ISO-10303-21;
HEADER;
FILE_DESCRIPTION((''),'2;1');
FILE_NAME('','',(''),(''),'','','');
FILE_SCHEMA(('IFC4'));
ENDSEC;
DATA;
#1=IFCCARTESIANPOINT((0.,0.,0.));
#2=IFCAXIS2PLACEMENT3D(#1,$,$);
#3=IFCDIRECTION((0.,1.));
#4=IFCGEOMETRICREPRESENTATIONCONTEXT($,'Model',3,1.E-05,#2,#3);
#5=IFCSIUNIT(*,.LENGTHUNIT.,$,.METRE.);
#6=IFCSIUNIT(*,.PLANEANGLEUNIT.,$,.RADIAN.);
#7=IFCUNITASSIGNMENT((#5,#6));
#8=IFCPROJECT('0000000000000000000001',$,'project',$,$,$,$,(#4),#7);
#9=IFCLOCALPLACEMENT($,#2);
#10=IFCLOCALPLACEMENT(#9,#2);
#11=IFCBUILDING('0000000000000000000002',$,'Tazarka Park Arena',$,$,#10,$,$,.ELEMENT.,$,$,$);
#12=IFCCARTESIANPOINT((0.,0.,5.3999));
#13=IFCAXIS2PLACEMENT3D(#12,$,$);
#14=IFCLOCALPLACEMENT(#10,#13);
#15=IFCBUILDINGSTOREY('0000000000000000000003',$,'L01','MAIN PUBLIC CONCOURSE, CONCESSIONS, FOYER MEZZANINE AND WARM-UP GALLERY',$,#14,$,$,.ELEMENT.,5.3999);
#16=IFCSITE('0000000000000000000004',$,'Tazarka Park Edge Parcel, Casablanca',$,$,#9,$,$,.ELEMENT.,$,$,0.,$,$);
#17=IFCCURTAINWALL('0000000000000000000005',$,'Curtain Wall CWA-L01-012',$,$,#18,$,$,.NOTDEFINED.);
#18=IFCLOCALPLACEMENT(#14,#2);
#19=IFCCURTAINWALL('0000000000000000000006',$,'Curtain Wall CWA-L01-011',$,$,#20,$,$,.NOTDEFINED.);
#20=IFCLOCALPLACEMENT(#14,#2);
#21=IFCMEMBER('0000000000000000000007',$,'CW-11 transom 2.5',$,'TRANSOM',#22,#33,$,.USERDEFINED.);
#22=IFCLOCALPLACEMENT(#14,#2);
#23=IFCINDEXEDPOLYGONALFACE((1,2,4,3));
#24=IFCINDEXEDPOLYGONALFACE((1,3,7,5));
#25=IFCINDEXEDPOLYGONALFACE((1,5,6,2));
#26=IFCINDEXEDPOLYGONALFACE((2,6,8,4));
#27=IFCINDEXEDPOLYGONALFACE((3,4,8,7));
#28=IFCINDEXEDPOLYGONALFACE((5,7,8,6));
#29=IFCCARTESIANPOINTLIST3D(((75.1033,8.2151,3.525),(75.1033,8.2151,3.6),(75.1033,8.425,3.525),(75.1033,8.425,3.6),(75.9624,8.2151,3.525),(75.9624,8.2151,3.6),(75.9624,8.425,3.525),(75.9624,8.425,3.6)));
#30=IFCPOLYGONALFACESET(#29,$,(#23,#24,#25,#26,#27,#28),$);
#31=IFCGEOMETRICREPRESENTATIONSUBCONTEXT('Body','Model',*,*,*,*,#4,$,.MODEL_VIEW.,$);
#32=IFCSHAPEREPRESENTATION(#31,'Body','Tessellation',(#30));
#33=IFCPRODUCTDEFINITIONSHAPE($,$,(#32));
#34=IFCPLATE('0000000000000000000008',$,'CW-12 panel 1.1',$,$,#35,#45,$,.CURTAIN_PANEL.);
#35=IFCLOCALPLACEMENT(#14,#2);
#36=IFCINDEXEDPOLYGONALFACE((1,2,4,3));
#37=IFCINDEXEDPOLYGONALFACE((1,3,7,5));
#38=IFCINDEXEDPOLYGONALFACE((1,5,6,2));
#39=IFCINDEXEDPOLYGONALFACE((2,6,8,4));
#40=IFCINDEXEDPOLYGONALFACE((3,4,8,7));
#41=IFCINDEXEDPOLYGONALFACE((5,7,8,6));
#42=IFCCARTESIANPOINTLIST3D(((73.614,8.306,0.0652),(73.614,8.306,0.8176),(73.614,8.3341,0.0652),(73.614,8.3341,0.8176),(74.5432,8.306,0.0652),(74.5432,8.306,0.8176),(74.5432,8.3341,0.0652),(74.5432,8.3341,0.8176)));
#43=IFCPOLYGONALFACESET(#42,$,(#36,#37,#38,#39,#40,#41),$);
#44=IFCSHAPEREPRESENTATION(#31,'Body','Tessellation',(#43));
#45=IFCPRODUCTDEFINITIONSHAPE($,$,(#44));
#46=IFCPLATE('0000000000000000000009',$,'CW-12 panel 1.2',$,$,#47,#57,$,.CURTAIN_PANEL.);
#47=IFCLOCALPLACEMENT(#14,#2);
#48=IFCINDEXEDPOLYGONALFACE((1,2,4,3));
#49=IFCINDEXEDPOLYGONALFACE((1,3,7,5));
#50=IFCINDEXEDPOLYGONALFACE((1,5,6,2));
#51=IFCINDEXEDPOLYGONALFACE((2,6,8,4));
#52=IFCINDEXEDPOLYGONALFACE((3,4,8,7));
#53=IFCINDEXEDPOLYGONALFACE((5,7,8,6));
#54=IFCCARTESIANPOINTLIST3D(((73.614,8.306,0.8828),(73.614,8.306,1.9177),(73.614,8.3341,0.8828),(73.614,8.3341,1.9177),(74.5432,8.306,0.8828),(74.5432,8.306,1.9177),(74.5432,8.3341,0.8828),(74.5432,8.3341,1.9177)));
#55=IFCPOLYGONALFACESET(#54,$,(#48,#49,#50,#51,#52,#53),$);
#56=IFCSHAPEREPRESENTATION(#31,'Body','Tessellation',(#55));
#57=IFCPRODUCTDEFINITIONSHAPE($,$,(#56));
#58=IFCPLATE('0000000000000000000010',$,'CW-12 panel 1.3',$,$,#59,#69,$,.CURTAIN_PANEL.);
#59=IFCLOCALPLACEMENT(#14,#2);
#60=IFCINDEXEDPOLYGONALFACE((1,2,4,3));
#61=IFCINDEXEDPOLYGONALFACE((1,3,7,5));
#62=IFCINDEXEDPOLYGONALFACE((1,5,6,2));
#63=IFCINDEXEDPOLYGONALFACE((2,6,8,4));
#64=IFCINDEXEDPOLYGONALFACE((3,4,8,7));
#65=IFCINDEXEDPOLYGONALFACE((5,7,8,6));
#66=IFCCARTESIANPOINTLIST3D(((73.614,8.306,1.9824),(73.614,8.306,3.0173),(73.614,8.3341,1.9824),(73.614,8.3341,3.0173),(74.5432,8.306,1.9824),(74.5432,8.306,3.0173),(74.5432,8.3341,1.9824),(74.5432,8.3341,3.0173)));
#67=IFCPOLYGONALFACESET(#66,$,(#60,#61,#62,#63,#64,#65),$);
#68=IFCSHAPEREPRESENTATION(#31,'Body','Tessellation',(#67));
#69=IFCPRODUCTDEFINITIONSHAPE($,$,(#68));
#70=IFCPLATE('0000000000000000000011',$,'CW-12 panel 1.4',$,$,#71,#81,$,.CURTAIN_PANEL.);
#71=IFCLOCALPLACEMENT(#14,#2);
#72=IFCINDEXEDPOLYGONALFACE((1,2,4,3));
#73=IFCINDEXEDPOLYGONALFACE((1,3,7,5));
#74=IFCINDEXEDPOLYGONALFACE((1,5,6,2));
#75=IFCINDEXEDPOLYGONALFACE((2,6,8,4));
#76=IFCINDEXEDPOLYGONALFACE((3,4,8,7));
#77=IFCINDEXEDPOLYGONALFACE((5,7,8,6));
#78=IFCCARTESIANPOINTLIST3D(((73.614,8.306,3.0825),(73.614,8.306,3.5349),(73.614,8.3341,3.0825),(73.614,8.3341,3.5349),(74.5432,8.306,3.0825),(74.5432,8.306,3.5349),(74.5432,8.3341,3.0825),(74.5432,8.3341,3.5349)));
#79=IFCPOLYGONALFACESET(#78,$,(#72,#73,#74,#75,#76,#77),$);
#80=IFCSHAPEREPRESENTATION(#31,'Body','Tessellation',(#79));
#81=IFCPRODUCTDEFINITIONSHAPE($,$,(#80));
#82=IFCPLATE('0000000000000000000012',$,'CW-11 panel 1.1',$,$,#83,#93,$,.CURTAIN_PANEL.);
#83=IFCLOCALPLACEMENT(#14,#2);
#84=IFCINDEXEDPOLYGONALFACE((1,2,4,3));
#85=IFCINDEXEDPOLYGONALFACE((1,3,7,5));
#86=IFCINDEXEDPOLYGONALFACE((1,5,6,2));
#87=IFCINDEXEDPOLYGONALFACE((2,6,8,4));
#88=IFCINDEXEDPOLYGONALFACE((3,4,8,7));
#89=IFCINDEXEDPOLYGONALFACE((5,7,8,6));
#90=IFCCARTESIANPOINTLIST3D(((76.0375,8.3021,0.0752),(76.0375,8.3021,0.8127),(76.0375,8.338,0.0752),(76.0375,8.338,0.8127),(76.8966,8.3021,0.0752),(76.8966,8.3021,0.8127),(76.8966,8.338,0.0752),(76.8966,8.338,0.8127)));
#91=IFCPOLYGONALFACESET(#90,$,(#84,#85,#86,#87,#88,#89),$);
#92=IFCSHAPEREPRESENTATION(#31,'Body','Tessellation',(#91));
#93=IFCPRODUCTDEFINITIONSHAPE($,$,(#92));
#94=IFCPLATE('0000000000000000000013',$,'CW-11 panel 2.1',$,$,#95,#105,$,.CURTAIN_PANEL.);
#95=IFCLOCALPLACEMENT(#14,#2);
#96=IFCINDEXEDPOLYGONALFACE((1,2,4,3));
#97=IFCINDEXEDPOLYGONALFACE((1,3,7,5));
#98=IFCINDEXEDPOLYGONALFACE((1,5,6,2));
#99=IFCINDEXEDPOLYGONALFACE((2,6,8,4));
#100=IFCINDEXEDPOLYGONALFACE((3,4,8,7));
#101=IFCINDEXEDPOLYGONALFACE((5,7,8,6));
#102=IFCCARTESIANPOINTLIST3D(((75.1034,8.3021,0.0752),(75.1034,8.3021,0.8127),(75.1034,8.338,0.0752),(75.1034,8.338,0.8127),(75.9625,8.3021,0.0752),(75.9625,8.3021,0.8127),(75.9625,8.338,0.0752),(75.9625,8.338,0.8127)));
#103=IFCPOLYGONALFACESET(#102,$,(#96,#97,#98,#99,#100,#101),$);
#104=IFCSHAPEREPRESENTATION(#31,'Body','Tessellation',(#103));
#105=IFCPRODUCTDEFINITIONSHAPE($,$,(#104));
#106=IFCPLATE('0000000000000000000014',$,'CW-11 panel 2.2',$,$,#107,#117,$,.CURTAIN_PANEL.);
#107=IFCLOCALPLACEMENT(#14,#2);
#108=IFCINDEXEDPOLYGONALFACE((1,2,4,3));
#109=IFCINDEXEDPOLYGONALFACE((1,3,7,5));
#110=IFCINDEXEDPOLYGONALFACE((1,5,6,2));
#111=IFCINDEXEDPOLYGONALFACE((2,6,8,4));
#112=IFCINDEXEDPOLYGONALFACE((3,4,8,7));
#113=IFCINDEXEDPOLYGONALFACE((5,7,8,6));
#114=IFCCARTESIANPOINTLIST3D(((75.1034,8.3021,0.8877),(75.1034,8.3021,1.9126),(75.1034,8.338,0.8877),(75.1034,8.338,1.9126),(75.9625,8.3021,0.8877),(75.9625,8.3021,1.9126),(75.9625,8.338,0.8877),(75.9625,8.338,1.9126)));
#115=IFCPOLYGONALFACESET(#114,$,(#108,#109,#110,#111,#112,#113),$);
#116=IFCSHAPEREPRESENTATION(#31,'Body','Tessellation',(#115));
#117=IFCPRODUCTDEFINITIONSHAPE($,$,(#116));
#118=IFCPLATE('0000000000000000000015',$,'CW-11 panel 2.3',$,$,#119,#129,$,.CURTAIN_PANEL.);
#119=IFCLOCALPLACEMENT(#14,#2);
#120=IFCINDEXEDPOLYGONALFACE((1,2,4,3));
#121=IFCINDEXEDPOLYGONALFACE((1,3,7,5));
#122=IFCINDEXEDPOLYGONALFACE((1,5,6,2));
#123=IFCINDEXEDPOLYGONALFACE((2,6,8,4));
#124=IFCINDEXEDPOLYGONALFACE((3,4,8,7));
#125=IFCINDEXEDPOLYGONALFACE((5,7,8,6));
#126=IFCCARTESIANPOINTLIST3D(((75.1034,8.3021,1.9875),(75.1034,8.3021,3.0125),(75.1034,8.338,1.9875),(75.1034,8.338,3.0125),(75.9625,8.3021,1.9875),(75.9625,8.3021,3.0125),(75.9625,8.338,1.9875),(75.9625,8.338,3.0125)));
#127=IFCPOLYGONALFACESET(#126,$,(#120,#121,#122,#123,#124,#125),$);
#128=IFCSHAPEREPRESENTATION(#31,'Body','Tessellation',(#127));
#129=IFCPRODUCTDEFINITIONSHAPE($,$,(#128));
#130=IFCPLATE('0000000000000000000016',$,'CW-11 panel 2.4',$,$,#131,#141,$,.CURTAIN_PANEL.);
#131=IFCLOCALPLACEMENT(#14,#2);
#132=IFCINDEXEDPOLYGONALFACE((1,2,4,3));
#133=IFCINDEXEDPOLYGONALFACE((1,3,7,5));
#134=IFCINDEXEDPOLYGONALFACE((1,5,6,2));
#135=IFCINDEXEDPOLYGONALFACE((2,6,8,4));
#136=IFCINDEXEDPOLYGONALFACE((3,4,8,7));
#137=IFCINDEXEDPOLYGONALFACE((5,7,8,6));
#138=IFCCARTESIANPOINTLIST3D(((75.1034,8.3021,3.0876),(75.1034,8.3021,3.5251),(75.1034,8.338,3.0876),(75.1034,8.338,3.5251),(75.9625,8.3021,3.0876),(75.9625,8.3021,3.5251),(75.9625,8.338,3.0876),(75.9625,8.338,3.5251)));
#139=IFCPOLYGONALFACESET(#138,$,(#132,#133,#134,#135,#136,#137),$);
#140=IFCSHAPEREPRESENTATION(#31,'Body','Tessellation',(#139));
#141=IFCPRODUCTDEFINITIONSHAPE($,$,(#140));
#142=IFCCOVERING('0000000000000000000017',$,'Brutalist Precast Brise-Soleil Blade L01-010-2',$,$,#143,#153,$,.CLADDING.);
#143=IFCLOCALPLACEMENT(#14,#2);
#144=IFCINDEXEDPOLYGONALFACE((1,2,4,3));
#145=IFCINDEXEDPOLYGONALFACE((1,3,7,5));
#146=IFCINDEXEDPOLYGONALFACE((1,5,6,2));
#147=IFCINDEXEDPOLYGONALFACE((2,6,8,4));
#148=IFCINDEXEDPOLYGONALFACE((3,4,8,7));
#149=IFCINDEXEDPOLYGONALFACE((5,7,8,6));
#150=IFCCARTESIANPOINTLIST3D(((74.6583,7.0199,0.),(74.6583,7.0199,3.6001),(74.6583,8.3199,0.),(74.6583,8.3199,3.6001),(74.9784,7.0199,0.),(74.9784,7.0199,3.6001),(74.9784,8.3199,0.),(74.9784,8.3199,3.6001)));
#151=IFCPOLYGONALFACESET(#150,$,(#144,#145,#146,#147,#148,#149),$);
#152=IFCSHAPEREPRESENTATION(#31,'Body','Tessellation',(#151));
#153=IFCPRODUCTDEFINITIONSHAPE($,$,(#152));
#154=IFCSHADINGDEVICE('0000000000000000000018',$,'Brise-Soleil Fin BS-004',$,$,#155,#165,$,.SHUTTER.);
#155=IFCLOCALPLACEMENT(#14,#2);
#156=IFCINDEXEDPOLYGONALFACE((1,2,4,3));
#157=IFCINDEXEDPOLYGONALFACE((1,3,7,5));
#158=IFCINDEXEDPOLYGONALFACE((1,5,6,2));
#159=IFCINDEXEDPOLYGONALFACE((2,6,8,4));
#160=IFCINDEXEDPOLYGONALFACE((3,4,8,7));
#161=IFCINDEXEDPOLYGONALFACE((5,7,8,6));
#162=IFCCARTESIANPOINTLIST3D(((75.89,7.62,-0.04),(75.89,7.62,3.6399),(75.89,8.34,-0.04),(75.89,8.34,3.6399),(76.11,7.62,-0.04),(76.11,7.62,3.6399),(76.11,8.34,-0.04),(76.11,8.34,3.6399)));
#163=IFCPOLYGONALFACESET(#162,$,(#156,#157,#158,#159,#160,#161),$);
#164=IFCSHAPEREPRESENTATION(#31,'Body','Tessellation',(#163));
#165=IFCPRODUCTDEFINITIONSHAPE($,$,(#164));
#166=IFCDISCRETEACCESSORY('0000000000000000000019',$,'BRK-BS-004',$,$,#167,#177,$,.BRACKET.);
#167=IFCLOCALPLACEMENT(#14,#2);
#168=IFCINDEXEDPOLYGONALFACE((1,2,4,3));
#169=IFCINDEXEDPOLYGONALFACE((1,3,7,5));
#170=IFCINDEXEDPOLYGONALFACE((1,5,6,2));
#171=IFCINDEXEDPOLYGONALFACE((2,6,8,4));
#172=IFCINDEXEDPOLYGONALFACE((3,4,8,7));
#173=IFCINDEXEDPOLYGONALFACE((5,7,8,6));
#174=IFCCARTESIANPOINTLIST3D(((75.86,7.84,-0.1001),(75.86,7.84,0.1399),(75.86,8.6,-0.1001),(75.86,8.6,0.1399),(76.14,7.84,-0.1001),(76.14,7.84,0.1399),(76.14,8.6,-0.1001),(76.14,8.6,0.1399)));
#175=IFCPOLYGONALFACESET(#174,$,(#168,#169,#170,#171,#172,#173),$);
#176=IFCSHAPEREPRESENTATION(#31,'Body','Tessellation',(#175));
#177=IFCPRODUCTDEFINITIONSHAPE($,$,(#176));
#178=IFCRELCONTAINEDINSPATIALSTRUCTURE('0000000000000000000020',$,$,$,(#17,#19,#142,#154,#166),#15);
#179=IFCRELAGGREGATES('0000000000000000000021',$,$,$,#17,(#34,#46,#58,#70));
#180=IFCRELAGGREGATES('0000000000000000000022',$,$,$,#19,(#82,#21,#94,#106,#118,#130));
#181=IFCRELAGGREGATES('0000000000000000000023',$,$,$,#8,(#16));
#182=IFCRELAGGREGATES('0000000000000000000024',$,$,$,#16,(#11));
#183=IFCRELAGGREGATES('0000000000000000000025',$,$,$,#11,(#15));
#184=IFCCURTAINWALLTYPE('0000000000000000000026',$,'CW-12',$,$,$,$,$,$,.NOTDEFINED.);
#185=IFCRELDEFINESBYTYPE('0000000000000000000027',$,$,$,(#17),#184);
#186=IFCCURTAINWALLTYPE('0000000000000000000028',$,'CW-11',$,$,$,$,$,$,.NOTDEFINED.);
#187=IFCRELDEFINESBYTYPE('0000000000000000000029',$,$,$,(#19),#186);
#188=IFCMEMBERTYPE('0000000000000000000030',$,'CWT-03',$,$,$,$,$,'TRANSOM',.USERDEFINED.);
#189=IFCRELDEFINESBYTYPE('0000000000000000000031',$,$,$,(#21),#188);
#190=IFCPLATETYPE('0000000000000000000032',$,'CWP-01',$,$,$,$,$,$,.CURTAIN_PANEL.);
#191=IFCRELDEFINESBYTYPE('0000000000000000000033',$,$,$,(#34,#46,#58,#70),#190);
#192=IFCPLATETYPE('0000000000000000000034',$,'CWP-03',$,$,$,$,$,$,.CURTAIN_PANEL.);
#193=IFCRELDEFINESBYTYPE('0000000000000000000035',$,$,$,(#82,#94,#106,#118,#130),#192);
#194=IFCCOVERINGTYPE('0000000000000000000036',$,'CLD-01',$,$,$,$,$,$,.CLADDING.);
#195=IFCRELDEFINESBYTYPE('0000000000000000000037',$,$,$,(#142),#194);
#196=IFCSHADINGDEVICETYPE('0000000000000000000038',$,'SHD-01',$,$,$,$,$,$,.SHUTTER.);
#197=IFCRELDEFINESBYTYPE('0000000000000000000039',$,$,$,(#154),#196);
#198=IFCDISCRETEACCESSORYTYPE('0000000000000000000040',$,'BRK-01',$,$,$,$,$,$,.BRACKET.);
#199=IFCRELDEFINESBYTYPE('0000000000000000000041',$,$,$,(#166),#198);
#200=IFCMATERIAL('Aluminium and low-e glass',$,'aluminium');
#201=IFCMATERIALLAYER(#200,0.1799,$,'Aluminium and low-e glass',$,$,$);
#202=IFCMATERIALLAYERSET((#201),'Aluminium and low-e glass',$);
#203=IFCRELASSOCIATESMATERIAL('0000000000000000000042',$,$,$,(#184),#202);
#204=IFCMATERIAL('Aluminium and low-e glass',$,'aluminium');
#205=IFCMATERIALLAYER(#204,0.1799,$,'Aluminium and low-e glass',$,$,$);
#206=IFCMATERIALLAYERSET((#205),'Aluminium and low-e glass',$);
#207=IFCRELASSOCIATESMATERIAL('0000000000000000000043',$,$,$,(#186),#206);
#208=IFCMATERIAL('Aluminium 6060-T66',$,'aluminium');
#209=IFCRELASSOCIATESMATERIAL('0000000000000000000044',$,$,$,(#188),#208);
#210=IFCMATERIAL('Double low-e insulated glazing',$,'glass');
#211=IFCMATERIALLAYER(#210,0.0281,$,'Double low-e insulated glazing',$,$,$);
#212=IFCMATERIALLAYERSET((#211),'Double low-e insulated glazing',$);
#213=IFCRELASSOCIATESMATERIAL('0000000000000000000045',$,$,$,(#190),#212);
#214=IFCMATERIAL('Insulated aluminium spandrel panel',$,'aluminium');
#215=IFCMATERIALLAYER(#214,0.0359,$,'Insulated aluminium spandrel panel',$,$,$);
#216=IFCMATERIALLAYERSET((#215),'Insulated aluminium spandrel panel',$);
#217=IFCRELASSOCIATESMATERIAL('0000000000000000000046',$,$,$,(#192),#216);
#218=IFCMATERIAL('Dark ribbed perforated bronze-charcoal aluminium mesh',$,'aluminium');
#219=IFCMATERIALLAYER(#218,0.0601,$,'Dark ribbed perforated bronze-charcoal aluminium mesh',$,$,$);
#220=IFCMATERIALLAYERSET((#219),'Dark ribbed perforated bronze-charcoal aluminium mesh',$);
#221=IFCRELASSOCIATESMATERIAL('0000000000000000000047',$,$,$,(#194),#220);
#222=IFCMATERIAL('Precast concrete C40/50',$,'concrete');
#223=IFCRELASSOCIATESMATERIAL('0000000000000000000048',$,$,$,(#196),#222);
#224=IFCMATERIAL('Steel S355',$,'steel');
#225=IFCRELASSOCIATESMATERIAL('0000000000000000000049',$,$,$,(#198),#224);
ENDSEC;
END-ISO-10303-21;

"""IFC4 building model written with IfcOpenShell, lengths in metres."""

from ifc_helpers import new_model, si_unit, direction, frame, origin, origin_2d, place, context, subcontext, project, spatial, rectangle, extrude, material, layer, layer_set, material_profile, profile_set, type_object, element, aggregate, save


model = new_model("IFC4")

# Units and contexts
model_context = context("Model", 3, precision=1e-05, world=origin(), true_north=direction((0.0, 1.0)))
body_context = subcontext(model_context, "Body", "Model", "MODEL_VIEW")
ifc_project = project(units=[si_unit("LENGTHUNIT", "METRE"), si_unit("PLANEANGLEUNIT", "RADIAN")], contexts=[model_context])

# Site, building, storey
site_placement = place(None, origin())
site = spatial("IfcSite", under=ifc_project, at=site_placement, Name="Tazarka Park Edge Parcel, Casablanca", CompositionType="ELEMENT", RefElevation=0.0)
building_placement = place(site_placement, origin())
building = spatial("IfcBuilding", under=site, at=building_placement, Name="Tazarka Park Arena", CompositionType="ELEMENT")
storey_placement = place(building_placement, frame((0.0, 0.0, 5.3999)))
storey = spatial("IfcBuildingStorey", under=building, at=storey_placement, Name="L01", Description="MAIN PUBLIC CONCOURSE, CONCESSIONS, FOYER MEZZANINE AND WARM-UP GALLERY", CompositionType="ELEMENT", Elevation=5.3999)

# Curtain walls
ifc_material_1 = material(Name="Aluminium and low-e glass", Category="aluminium")
ifc_layer_1 = layer(ifc_material_1, 0.1799, Name="Aluminium and low-e glass")
ifc_layer_set_1 = layer_set([ifc_layer_1], Name="Aluminium and low-e glass")
curtain_wall_type_1 = type_object("IfcCurtainWallType", Name="CW-12", PredefinedType="NOTDEFINED", material=ifc_layer_set_1)
curtain_wall_1_placement = place(storey_placement, origin())
curtain_wall_1 = element("IfcCurtainWall", 1, at=curtain_wall_1_placement, inside=storey, type_object=curtain_wall_type_1, Name="Curtain Wall CWA-L01-012", PredefinedType="NOTDEFINED")
ifc_material_2 = material(Name="Aluminium and low-e glass", Category="aluminium")
ifc_layer_2 = layer(ifc_material_2, 0.1799, Name="Aluminium and low-e glass")
ifc_layer_set_2 = layer_set([ifc_layer_2], Name="Aluminium and low-e glass")
curtain_wall_type_2 = type_object("IfcCurtainWallType", Name="CW-11", PredefinedType="NOTDEFINED", material=ifc_layer_set_2)
curtain_wall_2_placement = place(storey_placement, origin())
curtain_wall_2 = element("IfcCurtainWall", 2, at=curtain_wall_2_placement, inside=storey, type_object=curtain_wall_type_2, Name="Curtain Wall CWA-L01-011", PredefinedType="NOTDEFINED")

# Member
ifc_material_3 = material(Name="Aluminium 6060-T66", Category="aluminium")
ifc_material_profile_1 = material_profile(ifc_material_3, rectangle(XDim=0.21, YDim=0.075, at=origin_2d()), Name="Aluminium 6060-T66")
ifc_profile_set_1 = profile_set([ifc_material_profile_1], Name="Aluminium 6060-T66")
member_type_1 = type_object("IfcMemberType", Name="CWT-03", ElementType="TRANSOM", PredefinedType="USERDEFINED", material=ifc_profile_set_1)
member_1_placement = place(storey_placement, frame((75.9624, 8.3201, 3.5625), z_axis=(-1.0, 0.0, 0.0), x_axis=(0.0, -1.0, 0.0)))
member_1 = element("IfcMember", 3, at=member_1_placement, type_object=member_type_1, Name="CW-11 transom 2.5", ObjectType="TRANSOM", PredefinedType="USERDEFINED", context=body_context, shape_type="SweptSolid", body=[
    extrude(rectangle(XDim=0.21, YDim=0.075, at=origin_2d()), origin(), (0.0, 0.0, 1.0), 0.8591),
])

# Plates
ifc_material_4 = material(Name="Double low-e insulated glazing", Category="glass")
ifc_layer_3 = layer(ifc_material_4, 0.0281, Name="Double low-e insulated glazing")
ifc_layer_set_3 = layer_set([ifc_layer_3], Name="Double low-e insulated glazing")
plate_type_1 = type_object("IfcPlateType", Name="CWP-01", PredefinedType="CURTAIN_PANEL", material=ifc_layer_set_3)
plate_1_placement = place(storey_placement, frame((74.0786, 8.3201, 0.0652), z_axis=(0.0, 0.0, 1.0), x_axis=(-1.0, 0.0, 0.0)))
plate_1 = element("IfcPlate", 4, at=plate_1_placement, type_object=plate_type_1, Name="CW-12 panel 1.1", PredefinedType="CURTAIN_PANEL", context=body_context, shape_type="SweptSolid", body=[
    extrude(rectangle(XDim=0.9292, YDim=0.0281, at=origin_2d()), origin(), (0.0, 0.0, 1.0), 0.7524),
])
plate_2_placement = place(storey_placement, frame((74.0786, 8.3201, 0.8828), z_axis=(0.0, 0.0, 1.0), x_axis=(-1.0, 0.0, 0.0)))
plate_2 = element("IfcPlate", 5, at=plate_2_placement, type_object=plate_type_1, Name="CW-12 panel 1.2", PredefinedType="CURTAIN_PANEL", context=body_context, shape_type="SweptSolid", body=[
    extrude(rectangle(XDim=0.9292, YDim=0.0281, at=origin_2d()), origin(), (0.0, 0.0, 1.0), 1.0349),
])
plate_3_placement = place(storey_placement, frame((74.0786, 8.3201, 1.9824), z_axis=(0.0, 0.0, 1.0), x_axis=(-1.0, 0.0, 0.0)))
plate_3 = element("IfcPlate", 6, at=plate_3_placement, type_object=plate_type_1, Name="CW-12 panel 1.3", PredefinedType="CURTAIN_PANEL", context=body_context, shape_type="SweptSolid", body=[
    extrude(rectangle(XDim=0.9292, YDim=0.0281, at=origin_2d()), origin(), (0.0, 0.0, 1.0), 1.0349),
])
plate_4_placement = place(storey_placement, frame((74.0786, 8.3201, 3.0825), z_axis=(0.0, 0.0, 1.0), x_axis=(-1.0, 0.0, 0.0)))
plate_4 = element("IfcPlate", 7, at=plate_4_placement, type_object=plate_type_1, Name="CW-12 panel 1.4", PredefinedType="CURTAIN_PANEL", context=body_context, shape_type="SweptSolid", body=[
    extrude(rectangle(XDim=0.9292, YDim=0.0281, at=origin_2d()), origin(), (0.0, 0.0, 1.0), 0.4524),
])
aggregate(curtain_wall_1, [plate_1, plate_2, plate_3, plate_4])
ifc_material_5 = material(Name="Insulated aluminium spandrel panel", Category="aluminium")
ifc_layer_4 = layer(ifc_material_5, 0.0359, Name="Insulated aluminium spandrel panel")
ifc_layer_set_4 = layer_set([ifc_layer_4], Name="Insulated aluminium spandrel panel")
plate_type_2 = type_object("IfcPlateType", Name="CWP-03", PredefinedType="CURTAIN_PANEL", material=ifc_layer_set_4)
plate_5_placement = place(storey_placement, frame((76.467, 8.3201, 0.0752), z_axis=(0.0, 0.0, 1.0), x_axis=(-1.0, 0.0, 0.0)))
plate_5 = element("IfcPlate", 8, at=plate_5_placement, type_object=plate_type_2, Name="CW-11 panel 1.1", PredefinedType="CURTAIN_PANEL", context=body_context, shape_type="SweptSolid", body=[
    extrude(rectangle(XDim=0.8591, YDim=0.0359, at=origin_2d()), origin(), (0.0, 0.0, 1.0), 0.7375),
])
plate_6_placement = place(storey_placement, frame((75.533, 8.3201, 0.0752), z_axis=(0.0, 0.0, 1.0), x_axis=(-1.0, 0.0, 0.0)))
plate_6 = element("IfcPlate", 9, at=plate_6_placement, type_object=plate_type_2, Name="CW-11 panel 2.1", PredefinedType="CURTAIN_PANEL", context=body_context, shape_type="SweptSolid", body=[
    extrude(rectangle(XDim=0.8591, YDim=0.0359, at=origin_2d()), origin(), (0.0, 0.0, 1.0), 0.7375),
])
plate_7_placement = place(storey_placement, frame((75.533, 8.3201, 0.8877), z_axis=(0.0, 0.0, 1.0), x_axis=(-1.0, 0.0, 0.0)))
plate_7 = element("IfcPlate", 10, at=plate_7_placement, type_object=plate_type_2, Name="CW-11 panel 2.2", PredefinedType="CURTAIN_PANEL", context=body_context, shape_type="SweptSolid", body=[
    extrude(rectangle(XDim=0.8591, YDim=0.0359, at=origin_2d()), origin(), (0.0, 0.0, 1.0), 1.0249),
])
plate_8_placement = place(storey_placement, frame((75.533, 8.3201, 1.9875), z_axis=(0.0, 0.0, 1.0), x_axis=(-1.0, 0.0, 0.0)))
plate_8 = element("IfcPlate", 11, at=plate_8_placement, type_object=plate_type_2, Name="CW-11 panel 2.3", PredefinedType="CURTAIN_PANEL", context=body_context, shape_type="SweptSolid", body=[
    extrude(rectangle(XDim=0.8591, YDim=0.0359, at=origin_2d()), origin(), (0.0, 0.0, 1.0), 1.0249),
])
plate_9_placement = place(storey_placement, frame((75.533, 8.3201, 3.0876), z_axis=(0.0, 0.0, 1.0), x_axis=(-1.0, 0.0, 0.0)))
plate_9 = element("IfcPlate", 12, at=plate_9_placement, type_object=plate_type_2, Name="CW-11 panel 2.4", PredefinedType="CURTAIN_PANEL", context=body_context, shape_type="SweptSolid", body=[
    extrude(rectangle(XDim=0.8591, YDim=0.0359, at=origin_2d()), origin(), (0.0, 0.0, 1.0), 0.4375),
])
aggregate(curtain_wall_2, [plate_5, member_1, plate_6, plate_7, plate_8, plate_9])

# Covering
ifc_material_6 = material(Name="Dark ribbed perforated bronze-charcoal aluminium mesh", Category="aluminium")
ifc_layer_5 = layer(ifc_material_6, 0.0601, Name="Dark ribbed perforated bronze-charcoal aluminium mesh")
ifc_layer_set_5 = layer_set([ifc_layer_5], Name="Dark ribbed perforated bronze-charcoal aluminium mesh")
covering_type = type_object("IfcCoveringType", Name="CLD-01", PredefinedType="CLADDING", material=ifc_layer_set_5)
covering_placement = place(storey_placement, frame((74.8184, 7.6699, 0.0), z_axis=(0.0, 0.0, 1.0), x_axis=(-1.0, 0.0, 0.0)))
element("IfcCovering", 13, at=covering_placement, inside=storey, type_object=covering_type, Name="Brutalist Precast Brise-Soleil Blade L01-010-2", PredefinedType="CLADDING", context=body_context, shape_type="SweptSolid", body=[
    extrude(rectangle(XDim=0.3201, YDim=1.3, at=origin_2d()), origin(), (0.0, 0.0, 1.0), 3.6001),
])

# Shading device
ifc_material_7 = material(Name="Precast concrete C40/50", Category="concrete")
shading_device_type = type_object("IfcShadingDeviceType", Name="SHD-01", PredefinedType="SHUTTER", material=ifc_material_7)
shading_device_placement = place(storey_placement, frame((76.0, 7.98, -0.04), z_axis=(0.0, 0.0, 1.0), x_axis=(-1.0, 0.0, 0.0)))
element("IfcShadingDevice", 14, at=shading_device_placement, inside=storey, type_object=shading_device_type, Name="Brise-Soleil Fin BS-004", PredefinedType="SHUTTER", context=body_context, shape_type="SweptSolid", body=[
    extrude(rectangle(XDim=0.22, YDim=0.72, at=origin_2d()), origin(), (0.0, 0.0, 1.0), 3.6799),
])

# Discrete accessory
ifc_material_8 = material(Name="Steel S355", Category="steel")
discrete_accessory_type = type_object("IfcDiscreteAccessoryType", Name="BRK-01", PredefinedType="BRACKET", material=ifc_material_8)
discrete_accessory_placement = place(storey_placement, frame((76.0, 8.22, -0.1001), z_axis=(0.0, 0.0, 1.0), x_axis=(-1.0, 0.0, 0.0)))
element("IfcDiscreteAccessory", 15, at=discrete_accessory_placement, inside=storey, type_object=discrete_accessory_type, Name="BRK-BS-004", PredefinedType="BRACKET", context=body_context, shape_type="SweptSolid", body=[
    extrude(rectangle(XDim=0.28, YDim=0.76, at=origin_2d()), origin(), (0.0, 0.0, 1.0), 0.24),
])

save(model, "model.ifc")
